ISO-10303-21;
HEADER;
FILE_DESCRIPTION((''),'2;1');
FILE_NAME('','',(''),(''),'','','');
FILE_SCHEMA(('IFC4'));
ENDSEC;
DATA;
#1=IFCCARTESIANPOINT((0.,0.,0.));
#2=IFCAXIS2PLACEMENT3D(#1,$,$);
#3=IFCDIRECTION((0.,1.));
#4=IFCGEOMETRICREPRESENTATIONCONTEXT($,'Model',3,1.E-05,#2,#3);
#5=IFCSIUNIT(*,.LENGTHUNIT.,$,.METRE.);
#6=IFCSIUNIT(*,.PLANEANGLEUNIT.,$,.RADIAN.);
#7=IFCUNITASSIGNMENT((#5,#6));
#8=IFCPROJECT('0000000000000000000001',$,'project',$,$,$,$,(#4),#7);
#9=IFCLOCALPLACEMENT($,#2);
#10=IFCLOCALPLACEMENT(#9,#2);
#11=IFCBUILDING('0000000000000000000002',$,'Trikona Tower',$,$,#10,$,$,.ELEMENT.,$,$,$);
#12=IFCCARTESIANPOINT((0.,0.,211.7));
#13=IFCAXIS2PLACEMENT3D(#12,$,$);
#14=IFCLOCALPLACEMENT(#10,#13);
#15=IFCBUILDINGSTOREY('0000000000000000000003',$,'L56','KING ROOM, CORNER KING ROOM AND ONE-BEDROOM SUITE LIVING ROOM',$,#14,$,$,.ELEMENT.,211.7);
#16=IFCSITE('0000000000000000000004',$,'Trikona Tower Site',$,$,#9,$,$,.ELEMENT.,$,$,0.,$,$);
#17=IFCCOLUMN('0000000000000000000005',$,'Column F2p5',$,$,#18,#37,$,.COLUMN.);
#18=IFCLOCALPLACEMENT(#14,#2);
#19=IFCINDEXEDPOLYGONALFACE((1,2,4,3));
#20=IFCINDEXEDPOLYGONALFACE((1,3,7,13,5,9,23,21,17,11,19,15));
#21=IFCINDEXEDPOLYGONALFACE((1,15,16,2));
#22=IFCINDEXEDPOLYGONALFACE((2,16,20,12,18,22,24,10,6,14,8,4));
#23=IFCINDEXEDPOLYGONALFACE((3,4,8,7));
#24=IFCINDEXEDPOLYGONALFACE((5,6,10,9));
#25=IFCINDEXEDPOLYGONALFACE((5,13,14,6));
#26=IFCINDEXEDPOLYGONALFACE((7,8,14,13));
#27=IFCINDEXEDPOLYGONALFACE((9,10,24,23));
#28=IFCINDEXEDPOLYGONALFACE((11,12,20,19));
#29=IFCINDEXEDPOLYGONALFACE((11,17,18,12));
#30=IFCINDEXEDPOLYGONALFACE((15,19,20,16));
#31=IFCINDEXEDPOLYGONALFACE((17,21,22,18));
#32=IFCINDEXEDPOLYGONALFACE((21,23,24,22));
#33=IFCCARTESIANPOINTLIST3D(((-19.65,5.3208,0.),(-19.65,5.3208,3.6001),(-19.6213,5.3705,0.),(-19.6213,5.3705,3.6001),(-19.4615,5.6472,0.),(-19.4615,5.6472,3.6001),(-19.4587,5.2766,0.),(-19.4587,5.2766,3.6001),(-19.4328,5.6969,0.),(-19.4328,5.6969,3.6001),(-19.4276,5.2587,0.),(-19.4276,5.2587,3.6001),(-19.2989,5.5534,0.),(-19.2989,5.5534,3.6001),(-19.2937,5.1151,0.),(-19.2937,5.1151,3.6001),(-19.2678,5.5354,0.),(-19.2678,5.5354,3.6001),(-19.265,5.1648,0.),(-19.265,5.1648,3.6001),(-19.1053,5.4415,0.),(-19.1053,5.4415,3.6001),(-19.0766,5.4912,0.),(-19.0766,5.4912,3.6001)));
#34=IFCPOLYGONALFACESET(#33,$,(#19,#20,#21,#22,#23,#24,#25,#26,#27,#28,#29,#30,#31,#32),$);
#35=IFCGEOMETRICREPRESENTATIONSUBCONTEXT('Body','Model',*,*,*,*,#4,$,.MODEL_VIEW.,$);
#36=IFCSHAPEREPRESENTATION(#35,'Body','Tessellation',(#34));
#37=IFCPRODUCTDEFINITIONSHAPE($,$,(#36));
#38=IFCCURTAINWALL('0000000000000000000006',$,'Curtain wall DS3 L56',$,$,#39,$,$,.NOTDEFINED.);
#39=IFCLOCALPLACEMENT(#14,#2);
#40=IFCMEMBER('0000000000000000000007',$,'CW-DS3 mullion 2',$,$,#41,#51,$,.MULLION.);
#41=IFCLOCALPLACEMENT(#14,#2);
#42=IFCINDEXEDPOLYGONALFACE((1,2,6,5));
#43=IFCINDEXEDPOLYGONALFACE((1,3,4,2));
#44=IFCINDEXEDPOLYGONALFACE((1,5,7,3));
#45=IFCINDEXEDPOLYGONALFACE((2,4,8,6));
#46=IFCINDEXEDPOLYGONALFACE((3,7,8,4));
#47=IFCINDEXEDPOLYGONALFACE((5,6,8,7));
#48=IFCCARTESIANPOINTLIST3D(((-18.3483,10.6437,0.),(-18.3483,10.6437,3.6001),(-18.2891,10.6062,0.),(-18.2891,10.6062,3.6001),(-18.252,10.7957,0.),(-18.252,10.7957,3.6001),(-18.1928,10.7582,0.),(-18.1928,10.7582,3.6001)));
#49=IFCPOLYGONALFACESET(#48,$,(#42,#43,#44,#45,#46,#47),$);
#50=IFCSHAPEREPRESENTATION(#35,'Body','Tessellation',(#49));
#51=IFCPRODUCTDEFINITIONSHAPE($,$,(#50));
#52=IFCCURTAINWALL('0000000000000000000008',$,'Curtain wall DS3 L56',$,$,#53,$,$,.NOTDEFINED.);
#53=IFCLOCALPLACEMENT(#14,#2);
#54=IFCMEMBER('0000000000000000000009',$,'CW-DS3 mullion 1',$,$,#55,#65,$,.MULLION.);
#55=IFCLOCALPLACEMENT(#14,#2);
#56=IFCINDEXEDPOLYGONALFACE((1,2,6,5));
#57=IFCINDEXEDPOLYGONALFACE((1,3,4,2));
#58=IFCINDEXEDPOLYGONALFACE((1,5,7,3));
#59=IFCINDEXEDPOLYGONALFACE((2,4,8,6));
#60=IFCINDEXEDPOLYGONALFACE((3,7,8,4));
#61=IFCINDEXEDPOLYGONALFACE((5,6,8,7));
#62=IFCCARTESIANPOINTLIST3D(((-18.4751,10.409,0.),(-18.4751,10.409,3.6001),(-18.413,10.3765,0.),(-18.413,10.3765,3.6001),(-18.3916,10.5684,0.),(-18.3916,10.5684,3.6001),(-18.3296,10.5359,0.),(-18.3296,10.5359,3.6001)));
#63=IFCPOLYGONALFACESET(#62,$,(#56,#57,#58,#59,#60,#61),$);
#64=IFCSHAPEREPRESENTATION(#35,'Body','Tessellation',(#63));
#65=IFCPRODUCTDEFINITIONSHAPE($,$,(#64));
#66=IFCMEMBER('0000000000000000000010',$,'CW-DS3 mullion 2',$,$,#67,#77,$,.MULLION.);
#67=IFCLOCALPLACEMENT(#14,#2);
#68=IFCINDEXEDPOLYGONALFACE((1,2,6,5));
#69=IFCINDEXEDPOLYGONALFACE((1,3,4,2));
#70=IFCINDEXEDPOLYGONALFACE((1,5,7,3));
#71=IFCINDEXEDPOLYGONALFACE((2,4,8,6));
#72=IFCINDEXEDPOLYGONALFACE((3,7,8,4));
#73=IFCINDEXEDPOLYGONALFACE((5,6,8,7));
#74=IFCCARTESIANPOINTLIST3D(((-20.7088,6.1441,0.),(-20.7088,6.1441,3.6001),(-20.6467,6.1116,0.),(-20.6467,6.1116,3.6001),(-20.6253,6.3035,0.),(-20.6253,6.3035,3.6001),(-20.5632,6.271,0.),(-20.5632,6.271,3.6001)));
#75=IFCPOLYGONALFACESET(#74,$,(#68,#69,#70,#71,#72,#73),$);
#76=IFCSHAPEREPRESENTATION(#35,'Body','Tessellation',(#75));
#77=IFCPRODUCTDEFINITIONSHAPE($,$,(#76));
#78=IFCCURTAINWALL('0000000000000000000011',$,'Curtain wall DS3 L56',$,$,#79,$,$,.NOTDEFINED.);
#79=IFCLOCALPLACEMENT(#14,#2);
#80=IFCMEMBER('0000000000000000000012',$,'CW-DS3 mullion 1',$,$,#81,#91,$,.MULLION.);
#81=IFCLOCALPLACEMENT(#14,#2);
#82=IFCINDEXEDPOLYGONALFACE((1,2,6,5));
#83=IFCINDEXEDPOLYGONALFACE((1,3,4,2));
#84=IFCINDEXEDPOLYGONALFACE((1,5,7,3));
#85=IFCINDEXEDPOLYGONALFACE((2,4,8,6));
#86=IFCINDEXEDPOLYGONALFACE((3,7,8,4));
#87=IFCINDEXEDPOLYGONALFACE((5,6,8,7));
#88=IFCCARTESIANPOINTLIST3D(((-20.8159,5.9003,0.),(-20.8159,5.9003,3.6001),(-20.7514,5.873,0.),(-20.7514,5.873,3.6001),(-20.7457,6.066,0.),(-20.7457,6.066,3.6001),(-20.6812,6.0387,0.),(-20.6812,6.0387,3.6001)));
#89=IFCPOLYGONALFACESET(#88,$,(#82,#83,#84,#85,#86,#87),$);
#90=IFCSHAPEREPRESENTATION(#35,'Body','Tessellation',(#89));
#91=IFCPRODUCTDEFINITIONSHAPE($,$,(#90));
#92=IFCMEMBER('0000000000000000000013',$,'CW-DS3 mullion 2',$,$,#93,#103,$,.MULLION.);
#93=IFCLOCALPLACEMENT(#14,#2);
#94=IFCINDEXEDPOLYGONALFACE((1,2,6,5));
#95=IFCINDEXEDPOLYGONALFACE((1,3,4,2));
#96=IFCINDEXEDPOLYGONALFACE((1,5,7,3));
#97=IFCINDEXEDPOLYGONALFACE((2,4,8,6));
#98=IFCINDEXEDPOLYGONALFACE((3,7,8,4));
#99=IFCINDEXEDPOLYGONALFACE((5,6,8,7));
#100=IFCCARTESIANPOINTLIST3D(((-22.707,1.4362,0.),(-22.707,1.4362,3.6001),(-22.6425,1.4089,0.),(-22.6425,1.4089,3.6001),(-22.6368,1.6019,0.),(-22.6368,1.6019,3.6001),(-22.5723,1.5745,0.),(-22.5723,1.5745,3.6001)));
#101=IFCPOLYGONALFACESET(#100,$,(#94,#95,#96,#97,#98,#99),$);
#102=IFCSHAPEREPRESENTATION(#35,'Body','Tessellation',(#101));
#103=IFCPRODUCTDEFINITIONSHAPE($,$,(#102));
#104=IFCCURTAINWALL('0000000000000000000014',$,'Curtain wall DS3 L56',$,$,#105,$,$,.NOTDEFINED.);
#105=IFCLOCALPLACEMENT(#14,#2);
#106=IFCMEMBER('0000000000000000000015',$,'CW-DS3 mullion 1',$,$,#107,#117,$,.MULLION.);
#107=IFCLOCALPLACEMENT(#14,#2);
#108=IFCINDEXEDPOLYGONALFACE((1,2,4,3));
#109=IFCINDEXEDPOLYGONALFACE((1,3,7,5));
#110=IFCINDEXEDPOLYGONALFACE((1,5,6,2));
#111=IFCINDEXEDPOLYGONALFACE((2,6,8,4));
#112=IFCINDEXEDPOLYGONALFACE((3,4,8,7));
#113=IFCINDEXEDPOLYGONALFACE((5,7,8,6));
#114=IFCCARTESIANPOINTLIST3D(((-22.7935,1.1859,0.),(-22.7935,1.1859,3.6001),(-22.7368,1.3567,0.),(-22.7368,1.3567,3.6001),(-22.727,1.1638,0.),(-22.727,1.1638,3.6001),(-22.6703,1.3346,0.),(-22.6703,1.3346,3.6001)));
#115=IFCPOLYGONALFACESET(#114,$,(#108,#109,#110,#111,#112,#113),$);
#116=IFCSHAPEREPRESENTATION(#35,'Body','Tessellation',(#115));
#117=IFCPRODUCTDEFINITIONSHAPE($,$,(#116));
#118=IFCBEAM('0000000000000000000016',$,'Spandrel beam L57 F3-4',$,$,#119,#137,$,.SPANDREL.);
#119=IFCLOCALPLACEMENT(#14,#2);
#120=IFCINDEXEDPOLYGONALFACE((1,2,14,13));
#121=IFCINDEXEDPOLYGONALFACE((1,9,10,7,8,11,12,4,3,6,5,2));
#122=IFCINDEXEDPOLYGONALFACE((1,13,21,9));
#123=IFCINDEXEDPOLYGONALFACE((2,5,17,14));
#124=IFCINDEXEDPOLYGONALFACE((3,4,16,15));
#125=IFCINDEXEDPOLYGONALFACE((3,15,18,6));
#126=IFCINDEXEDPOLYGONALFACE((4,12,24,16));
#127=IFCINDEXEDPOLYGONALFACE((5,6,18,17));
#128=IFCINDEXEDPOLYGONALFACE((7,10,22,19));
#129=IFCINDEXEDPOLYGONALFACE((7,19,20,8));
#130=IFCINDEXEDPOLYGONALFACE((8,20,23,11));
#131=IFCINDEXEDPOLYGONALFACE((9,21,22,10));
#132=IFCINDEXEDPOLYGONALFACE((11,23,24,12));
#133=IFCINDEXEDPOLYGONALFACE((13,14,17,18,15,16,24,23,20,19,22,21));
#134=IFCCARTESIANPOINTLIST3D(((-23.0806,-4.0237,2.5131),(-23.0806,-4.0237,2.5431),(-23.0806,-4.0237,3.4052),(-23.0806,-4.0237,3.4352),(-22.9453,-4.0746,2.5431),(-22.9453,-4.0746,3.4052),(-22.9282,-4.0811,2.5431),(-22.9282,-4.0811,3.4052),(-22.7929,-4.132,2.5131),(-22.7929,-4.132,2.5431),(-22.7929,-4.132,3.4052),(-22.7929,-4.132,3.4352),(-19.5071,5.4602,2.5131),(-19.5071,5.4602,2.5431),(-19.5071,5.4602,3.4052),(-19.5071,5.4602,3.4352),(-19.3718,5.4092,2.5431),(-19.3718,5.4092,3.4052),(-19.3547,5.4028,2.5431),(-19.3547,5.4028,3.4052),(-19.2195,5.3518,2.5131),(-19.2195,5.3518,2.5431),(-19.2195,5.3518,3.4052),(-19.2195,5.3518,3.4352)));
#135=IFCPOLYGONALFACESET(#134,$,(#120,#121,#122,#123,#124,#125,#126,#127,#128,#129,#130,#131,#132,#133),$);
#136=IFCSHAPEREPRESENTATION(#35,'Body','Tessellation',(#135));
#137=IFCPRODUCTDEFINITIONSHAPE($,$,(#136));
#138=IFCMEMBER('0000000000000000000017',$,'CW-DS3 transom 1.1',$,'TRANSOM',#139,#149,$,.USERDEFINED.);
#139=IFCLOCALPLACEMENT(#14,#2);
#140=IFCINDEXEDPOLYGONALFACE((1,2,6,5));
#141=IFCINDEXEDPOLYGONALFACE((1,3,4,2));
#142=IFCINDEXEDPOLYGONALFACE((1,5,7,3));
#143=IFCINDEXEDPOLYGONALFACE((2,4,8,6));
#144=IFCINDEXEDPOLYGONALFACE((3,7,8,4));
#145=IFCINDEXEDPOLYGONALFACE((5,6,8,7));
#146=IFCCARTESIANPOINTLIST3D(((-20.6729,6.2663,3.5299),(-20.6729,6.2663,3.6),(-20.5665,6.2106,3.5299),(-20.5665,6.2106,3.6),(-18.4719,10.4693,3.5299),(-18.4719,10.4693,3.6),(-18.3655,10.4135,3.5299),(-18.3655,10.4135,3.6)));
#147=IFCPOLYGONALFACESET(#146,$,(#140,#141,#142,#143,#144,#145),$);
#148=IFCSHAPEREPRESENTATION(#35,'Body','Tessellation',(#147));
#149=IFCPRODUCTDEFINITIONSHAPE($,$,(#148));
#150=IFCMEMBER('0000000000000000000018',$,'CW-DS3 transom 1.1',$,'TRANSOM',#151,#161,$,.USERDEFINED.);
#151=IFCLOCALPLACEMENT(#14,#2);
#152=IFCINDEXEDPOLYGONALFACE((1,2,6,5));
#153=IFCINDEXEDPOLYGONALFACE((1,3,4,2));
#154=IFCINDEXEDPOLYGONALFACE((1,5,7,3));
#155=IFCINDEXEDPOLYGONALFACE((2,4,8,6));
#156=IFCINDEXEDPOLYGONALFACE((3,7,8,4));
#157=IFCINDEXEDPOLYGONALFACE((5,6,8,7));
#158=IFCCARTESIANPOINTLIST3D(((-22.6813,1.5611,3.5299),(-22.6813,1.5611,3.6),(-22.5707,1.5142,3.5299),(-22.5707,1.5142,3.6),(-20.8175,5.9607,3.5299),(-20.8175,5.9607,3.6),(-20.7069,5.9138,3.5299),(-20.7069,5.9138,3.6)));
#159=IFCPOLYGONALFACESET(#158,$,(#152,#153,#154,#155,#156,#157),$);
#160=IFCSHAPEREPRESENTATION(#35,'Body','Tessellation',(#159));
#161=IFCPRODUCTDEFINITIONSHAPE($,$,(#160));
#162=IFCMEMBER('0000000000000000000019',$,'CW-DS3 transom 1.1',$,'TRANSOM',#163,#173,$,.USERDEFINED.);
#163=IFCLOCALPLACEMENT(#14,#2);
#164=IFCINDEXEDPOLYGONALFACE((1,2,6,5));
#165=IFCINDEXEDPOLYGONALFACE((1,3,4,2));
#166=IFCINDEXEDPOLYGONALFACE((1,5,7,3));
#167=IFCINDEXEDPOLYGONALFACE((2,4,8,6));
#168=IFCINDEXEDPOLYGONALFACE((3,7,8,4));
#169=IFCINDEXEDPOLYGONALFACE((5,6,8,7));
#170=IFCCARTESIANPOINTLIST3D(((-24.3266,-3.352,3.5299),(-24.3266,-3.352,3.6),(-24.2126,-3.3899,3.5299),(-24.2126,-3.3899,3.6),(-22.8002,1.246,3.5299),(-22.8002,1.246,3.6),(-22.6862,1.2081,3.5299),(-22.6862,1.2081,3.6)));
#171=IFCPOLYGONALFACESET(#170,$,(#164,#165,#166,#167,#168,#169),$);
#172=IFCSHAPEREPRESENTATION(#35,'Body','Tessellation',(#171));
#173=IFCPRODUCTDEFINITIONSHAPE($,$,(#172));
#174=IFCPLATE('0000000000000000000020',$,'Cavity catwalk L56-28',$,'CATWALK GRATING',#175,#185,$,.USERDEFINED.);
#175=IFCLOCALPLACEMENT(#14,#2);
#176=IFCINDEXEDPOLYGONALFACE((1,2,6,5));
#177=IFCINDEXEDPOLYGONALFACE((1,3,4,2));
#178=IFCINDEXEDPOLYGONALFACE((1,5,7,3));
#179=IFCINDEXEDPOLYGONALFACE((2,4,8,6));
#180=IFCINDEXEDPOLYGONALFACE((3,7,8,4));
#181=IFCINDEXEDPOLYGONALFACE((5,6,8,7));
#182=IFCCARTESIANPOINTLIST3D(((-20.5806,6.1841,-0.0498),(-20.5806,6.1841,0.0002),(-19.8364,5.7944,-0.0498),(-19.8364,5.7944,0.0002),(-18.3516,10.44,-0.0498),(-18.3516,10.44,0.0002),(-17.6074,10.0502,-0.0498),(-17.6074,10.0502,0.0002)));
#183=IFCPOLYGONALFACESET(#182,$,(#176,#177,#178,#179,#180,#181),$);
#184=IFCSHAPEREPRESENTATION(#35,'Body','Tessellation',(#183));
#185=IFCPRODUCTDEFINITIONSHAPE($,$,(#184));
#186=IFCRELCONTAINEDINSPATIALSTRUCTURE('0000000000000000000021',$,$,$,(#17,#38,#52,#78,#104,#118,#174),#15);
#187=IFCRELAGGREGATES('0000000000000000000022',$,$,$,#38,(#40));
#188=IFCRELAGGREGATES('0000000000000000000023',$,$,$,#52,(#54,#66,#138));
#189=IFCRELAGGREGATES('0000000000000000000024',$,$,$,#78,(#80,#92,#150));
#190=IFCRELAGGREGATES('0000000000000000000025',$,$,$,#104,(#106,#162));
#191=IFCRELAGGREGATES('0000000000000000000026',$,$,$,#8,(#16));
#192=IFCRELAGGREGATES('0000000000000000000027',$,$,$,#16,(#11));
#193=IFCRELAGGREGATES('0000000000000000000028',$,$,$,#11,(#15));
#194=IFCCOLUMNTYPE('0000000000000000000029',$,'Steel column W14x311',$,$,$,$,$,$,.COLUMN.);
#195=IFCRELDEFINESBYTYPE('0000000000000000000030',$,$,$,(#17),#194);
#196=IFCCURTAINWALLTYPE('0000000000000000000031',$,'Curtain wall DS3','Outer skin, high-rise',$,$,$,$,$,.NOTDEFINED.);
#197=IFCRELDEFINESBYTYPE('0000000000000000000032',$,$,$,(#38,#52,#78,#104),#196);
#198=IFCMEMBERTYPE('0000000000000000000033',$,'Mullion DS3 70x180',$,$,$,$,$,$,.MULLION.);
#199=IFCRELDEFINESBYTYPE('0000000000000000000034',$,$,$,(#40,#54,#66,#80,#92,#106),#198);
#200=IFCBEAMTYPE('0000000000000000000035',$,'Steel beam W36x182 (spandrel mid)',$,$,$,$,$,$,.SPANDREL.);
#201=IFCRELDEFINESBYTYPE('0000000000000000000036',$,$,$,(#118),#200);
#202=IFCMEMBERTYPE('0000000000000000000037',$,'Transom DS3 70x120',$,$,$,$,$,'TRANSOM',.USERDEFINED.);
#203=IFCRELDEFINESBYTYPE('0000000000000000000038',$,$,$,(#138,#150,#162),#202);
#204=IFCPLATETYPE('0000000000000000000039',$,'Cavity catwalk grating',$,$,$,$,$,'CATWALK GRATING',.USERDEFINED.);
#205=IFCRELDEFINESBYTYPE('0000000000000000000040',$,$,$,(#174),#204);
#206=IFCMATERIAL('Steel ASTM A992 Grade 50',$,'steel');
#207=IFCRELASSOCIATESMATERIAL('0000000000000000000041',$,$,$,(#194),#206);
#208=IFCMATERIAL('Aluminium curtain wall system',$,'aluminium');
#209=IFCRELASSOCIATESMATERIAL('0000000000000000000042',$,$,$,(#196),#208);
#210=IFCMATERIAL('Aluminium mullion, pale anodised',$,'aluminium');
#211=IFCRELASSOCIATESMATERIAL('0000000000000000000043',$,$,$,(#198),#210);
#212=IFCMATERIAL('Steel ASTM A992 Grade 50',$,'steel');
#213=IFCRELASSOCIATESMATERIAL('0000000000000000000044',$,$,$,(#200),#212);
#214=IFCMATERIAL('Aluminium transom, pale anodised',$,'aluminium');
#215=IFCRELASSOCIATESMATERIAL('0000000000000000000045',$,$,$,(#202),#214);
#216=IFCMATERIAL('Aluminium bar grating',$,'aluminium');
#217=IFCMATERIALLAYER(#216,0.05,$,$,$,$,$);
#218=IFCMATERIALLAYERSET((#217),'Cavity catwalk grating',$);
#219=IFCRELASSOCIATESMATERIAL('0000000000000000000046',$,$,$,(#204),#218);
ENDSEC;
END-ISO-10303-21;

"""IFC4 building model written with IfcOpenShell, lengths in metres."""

from ifc_helpers import new_model, si_unit, direction, frame, origin, origin_2d, place, context, subcontext, project, spatial, rectangle, i_section, extrude, material, layer, layer_set, material_profile, profile_set, type_object, element, aggregate, save


model = new_model("IFC4")

# Units and contexts
model_context = context("Model", 3, precision=1e-05, world=origin(), true_north=direction((0.0, 1.0)))
body_context = subcontext(model_context, "Body", "Model", "MODEL_VIEW")
ifc_project = project(units=[si_unit("LENGTHUNIT", "METRE"), si_unit("PLANEANGLEUNIT", "RADIAN")], contexts=[model_context])

# Site, building, storey
site_placement = place(None, origin())
site = spatial("IfcSite", under=ifc_project, at=site_placement, Name="Trikona Tower Site", CompositionType="ELEMENT", RefElevation=0.0)
building_placement = place(site_placement, origin())
building = spatial("IfcBuilding", under=site, at=building_placement, Name="Trikona Tower", CompositionType="ELEMENT")
storey_placement = place(building_placement, frame((0.0, 0.0, 211.7)))
storey = spatial("IfcBuildingStorey", under=building, at=storey_placement, Name="L56", Description="KING ROOM, CORNER KING ROOM AND ONE-BEDROOM SUITE LIVING ROOM", CompositionType="ELEMENT", Elevation=211.7)

# Column
ifc_material_1 = material(Name="Steel ASTM A992 Grade 50", Category="steel")
ifc_material_profile_1 = material_profile(ifc_material_1, i_section(OverallWidth=0.4114, OverallDepth=0.4343, WebThickness=0.0359, FlangeThickness=0.0574, at=origin_2d()), Name="W14X311")
ifc_profile_set_1 = profile_set([ifc_material_profile_1], Name="Steel ASTM A992 Grade 50")
column_type = type_object("IfcColumnType", Name="Steel column W14x311", PredefinedType="COLUMN", material=ifc_profile_set_1)
column_placement = place(storey_placement, frame((-19.3633, 5.406, 0.0), z_axis=(0.0, 0.0, 1.0), x_axis=(-0.866025, 0.5, 0.0)))
element("IfcColumn", 1, at=column_placement, inside=storey, type_object=column_type, Name="Column F2p5", PredefinedType="COLUMN", context=body_context, shape_type="SweptSolid", body=[
    extrude(i_section(OverallWidth=0.4114, OverallDepth=0.4343, WebThickness=0.0359, FlangeThickness=0.0574, at=origin_2d()), origin(), (0.0, 0.0, 1.0), 3.6001),
])

# Curtain wall, member
ifc_material_2 = material(Name="Aluminium curtain wall system", Category="aluminium")
curtain_wall_type = type_object("IfcCurtainWallType", Name="Curtain wall DS3", Description="Outer skin, high-rise", PredefinedType="NOTDEFINED", material=ifc_material_2)
curtain_wall_1_placement = place(storey_placement, origin())
curtain_wall_1 = element("IfcCurtainWall", 2, at=curtain_wall_1_placement, inside=storey, type_object=curtain_wall_type, Name="Curtain wall DS3 L56", PredefinedType="NOTDEFINED")
ifc_material_3 = material(Name="Aluminium mullion, pale anodised", Category="aluminium")
ifc_material_profile_2 = material_profile(ifc_material_3, rectangle(XDim=0.0701, YDim=0.1799, at=origin_2d()), Name="MUL-DS3")
ifc_profile_set_2 = profile_set([ifc_material_profile_2], Name="Aluminium mullion, pale anodised")
member_type_1 = type_object("IfcMemberType", Name="Mullion DS3 70x180", PredefinedType="MULLION", material=ifc_profile_set_2)
member_1_placement = place(storey_placement, frame((-18.2705, 10.7009, 0.0), z_axis=(0.0, 0.0, 1.0), x_axis=(0.844727, -0.535197, 0.0)))
member_1 = element("IfcMember", 3, at=member_1_placement, type_object=member_type_1, Name="CW-DS3 mullion 2", PredefinedType="MULLION", context=body_context, shape_type="SweptSolid", body=[
    extrude(rectangle(XDim=0.0701, YDim=0.1799, at=origin_2d()), origin(), (0.0, 0.0, 1.0), 3.6001),
])
aggregate(curtain_wall_1, [member_1])

# Curtain walls, members
curtain_wall_2_placement = place(storey_placement, origin())
curtain_wall_2 = element("IfcCurtainWall", 4, at=curtain_wall_2_placement, inside=storey, type_object=curtain_wall_type, Name="Curtain wall DS3 L56", PredefinedType="NOTDEFINED")
member_2_placement = place(storey_placement, frame((-18.4023, 10.4724, 0.0), z_axis=(0.0, 0.0, 1.0), x_axis=(0.885862, -0.463948, 0.0)))
member_2 = element("IfcMember", 5, at=member_2_placement, type_object=member_type_1, Name="CW-DS3 mullion 1", PredefinedType="MULLION", context=body_context, shape_type="SweptSolid", body=[
    extrude(rectangle(XDim=0.0701, YDim=0.1799, at=origin_2d()), origin(), (0.0, 0.0, 1.0), 3.6001),
])
member_3_placement = place(storey_placement, frame((-20.636, 6.2075, 0.0), z_axis=(0.0, 0.0, 1.0), x_axis=(0.885862, -0.463948, 0.0)))
member_3 = element("IfcMember", 6, at=member_3_placement, type_object=member_type_1, Name="CW-DS3 mullion 2", PredefinedType="MULLION", context=body_context, shape_type="SweptSolid", body=[
    extrude(rectangle(XDim=0.0701, YDim=0.1799, at=origin_2d()), origin(), (0.0, 0.0, 1.0), 3.6001),
])
curtain_wall_3_placement = place(storey_placement, origin())
curtain_wall_3 = element("IfcCurtainWall", 7, at=curtain_wall_3_placement, inside=storey, type_object=curtain_wall_type, Name="Curtain wall DS3 L56", PredefinedType="NOTDEFINED")
member_4_placement = place(storey_placement, frame((-20.7485, 5.9695, 0.0), z_axis=(0.0, 0.0, 1.0), x_axis=(0.920792, -0.390053, 0.0)))
member_4 = element("IfcMember", 8, at=member_4_placement, type_object=member_type_1, Name="CW-DS3 mullion 1", PredefinedType="MULLION", context=body_context, shape_type="SweptSolid", body=[
    extrude(rectangle(XDim=0.0701, YDim=0.1799, at=origin_2d()), origin(), (0.0, 0.0, 1.0), 3.6001),
])
member_5_placement = place(storey_placement, frame((-22.6396, 1.5054, 0.0), z_axis=(0.0, 0.0, 1.0), x_axis=(0.920792, -0.390053, 0.0)))
member_5 = element("IfcMember", 9, at=member_5_placement, type_object=member_type_1, Name="CW-DS3 mullion 2", PredefinedType="MULLION", context=body_context, shape_type="SweptSolid", body=[
    extrude(rectangle(XDim=0.0701, YDim=0.1799, at=origin_2d()), origin(), (0.0, 0.0, 1.0), 3.6001),
])

# Curtain wall, member
curtain_wall_4_placement = place(storey_placement, origin())
curtain_wall_4 = element("IfcCurtainWall", 10, at=curtain_wall_4_placement, inside=storey, type_object=curtain_wall_type, Name="Curtain wall DS3 L56", PredefinedType="NOTDEFINED")
member_6_placement = place(storey_placement, frame((-22.7319, 1.2603, 0.0), z_axis=(0.0, 0.0, 1.0), x_axis=(0.949066, -0.315078, 0.0)))
member_6 = element("IfcMember", 11, at=member_6_placement, type_object=member_type_1, Name="CW-DS3 mullion 1", PredefinedType="MULLION", context=body_context, shape_type="SweptSolid", body=[
    extrude(rectangle(XDim=0.0701, YDim=0.1799, at=origin_2d()), origin(), (0.0, 0.0, 1.0), 3.6001),
])

# Beam
ifc_material_4 = material(Name="Steel ASTM A992 Grade 50", Category="steel")
ifc_material_profile_3 = material_profile(ifc_material_4, i_section(OverallWidth=0.3074, OverallDepth=0.9221, WebThickness=0.0183, FlangeThickness=0.03, at=origin_2d()), Name="W36X182")
ifc_profile_set_3 = profile_set([ifc_material_profile_3], Name="Steel ASTM A992 Grade 50")
beam_type = type_object("IfcBeamType", Name="Steel beam W36x182 (spandrel mid)", PredefinedType="SPANDREL", material=ifc_profile_set_3)
beam_placement = place(storey_placement, frame((-19.3633, 5.406, 2.9741), z_axis=(-0.352596, -0.935776, 0.0), x_axis=(0.935776, -0.352596, 0.0)))
element("IfcBeam", 12, at=beam_placement, inside=storey, type_object=beam_type, Name="Spandrel beam L57 F3-4", PredefinedType="SPANDREL", context=body_context, shape_type="SweptSolid", body=[
    extrude(i_section(OverallWidth=0.3074, OverallDepth=0.9221, WebThickness=0.0183, FlangeThickness=0.03, at=origin_2d()), origin(), (0.0, 0.0, 1.0), 10.1348),
])

# Members
ifc_material_5 = material(Name="Aluminium transom, pale anodised", Category="aluminium")
ifc_material_profile_4 = material_profile(ifc_material_5, rectangle(XDim=0.1201, YDim=0.0701, at=origin_2d()), Name="TRN-DS3")
ifc_profile_set_4 = profile_set([ifc_material_profile_4], Name="Aluminium transom, pale anodised")
member_type_2 = type_object("IfcMemberType", Name="Transom DS3 70x120", ElementType="TRANSOM", PredefinedType="USERDEFINED", material=ifc_profile_set_4)
member_7_placement = place(storey_placement, frame((-18.4187, 10.4414, 3.5649), z_axis=(-0.463911, -0.885882, 0.0), x_axis=(0.885882, -0.463911, 0.0)))
member_7 = element("IfcMember", 13, at=member_7_placement, type_object=member_type_2, Name="CW-DS3 transom 1.1", ObjectType="TRANSOM", PredefinedType="USERDEFINED", context=body_context, shape_type="SweptSolid", body=[
    extrude(rectangle(XDim=0.1201, YDim=0.0701, at=origin_2d()), origin(), (0.0, 0.0, 1.0), 4.7444),
])
member_8_placement = place(storey_placement, frame((-20.7622, 5.9373, 3.5649), z_axis=(-0.390062, -0.920789, 0.0), x_axis=(0.920789, -0.390062, 0.0)))
member_8 = element("IfcMember", 14, at=member_8_placement, type_object=member_type_2, Name="CW-DS3 transom 1.1", ObjectType="TRANSOM", PredefinedType="USERDEFINED", context=body_context, shape_type="SweptSolid", body=[
    extrude(rectangle(XDim=0.1201, YDim=0.0701, at=origin_2d()), origin(), (0.0, 0.0, 1.0), 4.7781),
])
member_9_placement = place(storey_placement, frame((-22.7432, 1.2271, 3.5649), z_axis=(-0.315063, -0.949071, 0.0), x_axis=(0.949071, -0.315063, 0.0)))
member_9 = element("IfcMember", 15, at=member_9_placement, type_object=member_type_2, Name="CW-DS3 transom 1.1", ObjectType="TRANSOM", PredefinedType="USERDEFINED", context=body_context, shape_type="SweptSolid", body=[
    extrude(rectangle(XDim=0.1201, YDim=0.0701, at=origin_2d()), origin(), (0.0, 0.0, 1.0), 4.8447),
])

# Plate
ifc_material_6 = material(Name="Aluminium bar grating", Category="aluminium")
ifc_layer_1 = layer(ifc_material_6, 0.05)
ifc_layer_set_1 = layer_set([ifc_layer_1], Name="Cavity catwalk grating")
plate_type_1 = type_object("IfcPlateType", Name="Cavity catwalk grating", ElementType="CATWALK GRATING", PredefinedType="USERDEFINED", material=ifc_layer_set_1)
plate_1_placement = place(storey_placement, frame((-19.094, 8.1172, -0.0498), z_axis=(0.0, 0.0, 1.0), x_axis=(-0.463952, -0.88586, 0.0)))
element("IfcPlate", 16, at=plate_1_placement, inside=storey, type_object=plate_type_1, Name="Cavity catwalk L56-28", ObjectType="CATWALK GRATING", PredefinedType="USERDEFINED", context=body_context, shape_type="SweptSolid", body=[
    extrude(rectangle(XDim=4.8042, YDim=0.8401, at=origin_2d()), origin(), (0.0, 0.0, 1.0), 0.05),
])

aggregate(curtain_wall_2, [member_2, member_3, member_7])
aggregate(curtain_wall_3, [member_4, member_5, member_8])
aggregate(curtain_wall_4, [member_6, member_9])

save(model, "model.ifc")
